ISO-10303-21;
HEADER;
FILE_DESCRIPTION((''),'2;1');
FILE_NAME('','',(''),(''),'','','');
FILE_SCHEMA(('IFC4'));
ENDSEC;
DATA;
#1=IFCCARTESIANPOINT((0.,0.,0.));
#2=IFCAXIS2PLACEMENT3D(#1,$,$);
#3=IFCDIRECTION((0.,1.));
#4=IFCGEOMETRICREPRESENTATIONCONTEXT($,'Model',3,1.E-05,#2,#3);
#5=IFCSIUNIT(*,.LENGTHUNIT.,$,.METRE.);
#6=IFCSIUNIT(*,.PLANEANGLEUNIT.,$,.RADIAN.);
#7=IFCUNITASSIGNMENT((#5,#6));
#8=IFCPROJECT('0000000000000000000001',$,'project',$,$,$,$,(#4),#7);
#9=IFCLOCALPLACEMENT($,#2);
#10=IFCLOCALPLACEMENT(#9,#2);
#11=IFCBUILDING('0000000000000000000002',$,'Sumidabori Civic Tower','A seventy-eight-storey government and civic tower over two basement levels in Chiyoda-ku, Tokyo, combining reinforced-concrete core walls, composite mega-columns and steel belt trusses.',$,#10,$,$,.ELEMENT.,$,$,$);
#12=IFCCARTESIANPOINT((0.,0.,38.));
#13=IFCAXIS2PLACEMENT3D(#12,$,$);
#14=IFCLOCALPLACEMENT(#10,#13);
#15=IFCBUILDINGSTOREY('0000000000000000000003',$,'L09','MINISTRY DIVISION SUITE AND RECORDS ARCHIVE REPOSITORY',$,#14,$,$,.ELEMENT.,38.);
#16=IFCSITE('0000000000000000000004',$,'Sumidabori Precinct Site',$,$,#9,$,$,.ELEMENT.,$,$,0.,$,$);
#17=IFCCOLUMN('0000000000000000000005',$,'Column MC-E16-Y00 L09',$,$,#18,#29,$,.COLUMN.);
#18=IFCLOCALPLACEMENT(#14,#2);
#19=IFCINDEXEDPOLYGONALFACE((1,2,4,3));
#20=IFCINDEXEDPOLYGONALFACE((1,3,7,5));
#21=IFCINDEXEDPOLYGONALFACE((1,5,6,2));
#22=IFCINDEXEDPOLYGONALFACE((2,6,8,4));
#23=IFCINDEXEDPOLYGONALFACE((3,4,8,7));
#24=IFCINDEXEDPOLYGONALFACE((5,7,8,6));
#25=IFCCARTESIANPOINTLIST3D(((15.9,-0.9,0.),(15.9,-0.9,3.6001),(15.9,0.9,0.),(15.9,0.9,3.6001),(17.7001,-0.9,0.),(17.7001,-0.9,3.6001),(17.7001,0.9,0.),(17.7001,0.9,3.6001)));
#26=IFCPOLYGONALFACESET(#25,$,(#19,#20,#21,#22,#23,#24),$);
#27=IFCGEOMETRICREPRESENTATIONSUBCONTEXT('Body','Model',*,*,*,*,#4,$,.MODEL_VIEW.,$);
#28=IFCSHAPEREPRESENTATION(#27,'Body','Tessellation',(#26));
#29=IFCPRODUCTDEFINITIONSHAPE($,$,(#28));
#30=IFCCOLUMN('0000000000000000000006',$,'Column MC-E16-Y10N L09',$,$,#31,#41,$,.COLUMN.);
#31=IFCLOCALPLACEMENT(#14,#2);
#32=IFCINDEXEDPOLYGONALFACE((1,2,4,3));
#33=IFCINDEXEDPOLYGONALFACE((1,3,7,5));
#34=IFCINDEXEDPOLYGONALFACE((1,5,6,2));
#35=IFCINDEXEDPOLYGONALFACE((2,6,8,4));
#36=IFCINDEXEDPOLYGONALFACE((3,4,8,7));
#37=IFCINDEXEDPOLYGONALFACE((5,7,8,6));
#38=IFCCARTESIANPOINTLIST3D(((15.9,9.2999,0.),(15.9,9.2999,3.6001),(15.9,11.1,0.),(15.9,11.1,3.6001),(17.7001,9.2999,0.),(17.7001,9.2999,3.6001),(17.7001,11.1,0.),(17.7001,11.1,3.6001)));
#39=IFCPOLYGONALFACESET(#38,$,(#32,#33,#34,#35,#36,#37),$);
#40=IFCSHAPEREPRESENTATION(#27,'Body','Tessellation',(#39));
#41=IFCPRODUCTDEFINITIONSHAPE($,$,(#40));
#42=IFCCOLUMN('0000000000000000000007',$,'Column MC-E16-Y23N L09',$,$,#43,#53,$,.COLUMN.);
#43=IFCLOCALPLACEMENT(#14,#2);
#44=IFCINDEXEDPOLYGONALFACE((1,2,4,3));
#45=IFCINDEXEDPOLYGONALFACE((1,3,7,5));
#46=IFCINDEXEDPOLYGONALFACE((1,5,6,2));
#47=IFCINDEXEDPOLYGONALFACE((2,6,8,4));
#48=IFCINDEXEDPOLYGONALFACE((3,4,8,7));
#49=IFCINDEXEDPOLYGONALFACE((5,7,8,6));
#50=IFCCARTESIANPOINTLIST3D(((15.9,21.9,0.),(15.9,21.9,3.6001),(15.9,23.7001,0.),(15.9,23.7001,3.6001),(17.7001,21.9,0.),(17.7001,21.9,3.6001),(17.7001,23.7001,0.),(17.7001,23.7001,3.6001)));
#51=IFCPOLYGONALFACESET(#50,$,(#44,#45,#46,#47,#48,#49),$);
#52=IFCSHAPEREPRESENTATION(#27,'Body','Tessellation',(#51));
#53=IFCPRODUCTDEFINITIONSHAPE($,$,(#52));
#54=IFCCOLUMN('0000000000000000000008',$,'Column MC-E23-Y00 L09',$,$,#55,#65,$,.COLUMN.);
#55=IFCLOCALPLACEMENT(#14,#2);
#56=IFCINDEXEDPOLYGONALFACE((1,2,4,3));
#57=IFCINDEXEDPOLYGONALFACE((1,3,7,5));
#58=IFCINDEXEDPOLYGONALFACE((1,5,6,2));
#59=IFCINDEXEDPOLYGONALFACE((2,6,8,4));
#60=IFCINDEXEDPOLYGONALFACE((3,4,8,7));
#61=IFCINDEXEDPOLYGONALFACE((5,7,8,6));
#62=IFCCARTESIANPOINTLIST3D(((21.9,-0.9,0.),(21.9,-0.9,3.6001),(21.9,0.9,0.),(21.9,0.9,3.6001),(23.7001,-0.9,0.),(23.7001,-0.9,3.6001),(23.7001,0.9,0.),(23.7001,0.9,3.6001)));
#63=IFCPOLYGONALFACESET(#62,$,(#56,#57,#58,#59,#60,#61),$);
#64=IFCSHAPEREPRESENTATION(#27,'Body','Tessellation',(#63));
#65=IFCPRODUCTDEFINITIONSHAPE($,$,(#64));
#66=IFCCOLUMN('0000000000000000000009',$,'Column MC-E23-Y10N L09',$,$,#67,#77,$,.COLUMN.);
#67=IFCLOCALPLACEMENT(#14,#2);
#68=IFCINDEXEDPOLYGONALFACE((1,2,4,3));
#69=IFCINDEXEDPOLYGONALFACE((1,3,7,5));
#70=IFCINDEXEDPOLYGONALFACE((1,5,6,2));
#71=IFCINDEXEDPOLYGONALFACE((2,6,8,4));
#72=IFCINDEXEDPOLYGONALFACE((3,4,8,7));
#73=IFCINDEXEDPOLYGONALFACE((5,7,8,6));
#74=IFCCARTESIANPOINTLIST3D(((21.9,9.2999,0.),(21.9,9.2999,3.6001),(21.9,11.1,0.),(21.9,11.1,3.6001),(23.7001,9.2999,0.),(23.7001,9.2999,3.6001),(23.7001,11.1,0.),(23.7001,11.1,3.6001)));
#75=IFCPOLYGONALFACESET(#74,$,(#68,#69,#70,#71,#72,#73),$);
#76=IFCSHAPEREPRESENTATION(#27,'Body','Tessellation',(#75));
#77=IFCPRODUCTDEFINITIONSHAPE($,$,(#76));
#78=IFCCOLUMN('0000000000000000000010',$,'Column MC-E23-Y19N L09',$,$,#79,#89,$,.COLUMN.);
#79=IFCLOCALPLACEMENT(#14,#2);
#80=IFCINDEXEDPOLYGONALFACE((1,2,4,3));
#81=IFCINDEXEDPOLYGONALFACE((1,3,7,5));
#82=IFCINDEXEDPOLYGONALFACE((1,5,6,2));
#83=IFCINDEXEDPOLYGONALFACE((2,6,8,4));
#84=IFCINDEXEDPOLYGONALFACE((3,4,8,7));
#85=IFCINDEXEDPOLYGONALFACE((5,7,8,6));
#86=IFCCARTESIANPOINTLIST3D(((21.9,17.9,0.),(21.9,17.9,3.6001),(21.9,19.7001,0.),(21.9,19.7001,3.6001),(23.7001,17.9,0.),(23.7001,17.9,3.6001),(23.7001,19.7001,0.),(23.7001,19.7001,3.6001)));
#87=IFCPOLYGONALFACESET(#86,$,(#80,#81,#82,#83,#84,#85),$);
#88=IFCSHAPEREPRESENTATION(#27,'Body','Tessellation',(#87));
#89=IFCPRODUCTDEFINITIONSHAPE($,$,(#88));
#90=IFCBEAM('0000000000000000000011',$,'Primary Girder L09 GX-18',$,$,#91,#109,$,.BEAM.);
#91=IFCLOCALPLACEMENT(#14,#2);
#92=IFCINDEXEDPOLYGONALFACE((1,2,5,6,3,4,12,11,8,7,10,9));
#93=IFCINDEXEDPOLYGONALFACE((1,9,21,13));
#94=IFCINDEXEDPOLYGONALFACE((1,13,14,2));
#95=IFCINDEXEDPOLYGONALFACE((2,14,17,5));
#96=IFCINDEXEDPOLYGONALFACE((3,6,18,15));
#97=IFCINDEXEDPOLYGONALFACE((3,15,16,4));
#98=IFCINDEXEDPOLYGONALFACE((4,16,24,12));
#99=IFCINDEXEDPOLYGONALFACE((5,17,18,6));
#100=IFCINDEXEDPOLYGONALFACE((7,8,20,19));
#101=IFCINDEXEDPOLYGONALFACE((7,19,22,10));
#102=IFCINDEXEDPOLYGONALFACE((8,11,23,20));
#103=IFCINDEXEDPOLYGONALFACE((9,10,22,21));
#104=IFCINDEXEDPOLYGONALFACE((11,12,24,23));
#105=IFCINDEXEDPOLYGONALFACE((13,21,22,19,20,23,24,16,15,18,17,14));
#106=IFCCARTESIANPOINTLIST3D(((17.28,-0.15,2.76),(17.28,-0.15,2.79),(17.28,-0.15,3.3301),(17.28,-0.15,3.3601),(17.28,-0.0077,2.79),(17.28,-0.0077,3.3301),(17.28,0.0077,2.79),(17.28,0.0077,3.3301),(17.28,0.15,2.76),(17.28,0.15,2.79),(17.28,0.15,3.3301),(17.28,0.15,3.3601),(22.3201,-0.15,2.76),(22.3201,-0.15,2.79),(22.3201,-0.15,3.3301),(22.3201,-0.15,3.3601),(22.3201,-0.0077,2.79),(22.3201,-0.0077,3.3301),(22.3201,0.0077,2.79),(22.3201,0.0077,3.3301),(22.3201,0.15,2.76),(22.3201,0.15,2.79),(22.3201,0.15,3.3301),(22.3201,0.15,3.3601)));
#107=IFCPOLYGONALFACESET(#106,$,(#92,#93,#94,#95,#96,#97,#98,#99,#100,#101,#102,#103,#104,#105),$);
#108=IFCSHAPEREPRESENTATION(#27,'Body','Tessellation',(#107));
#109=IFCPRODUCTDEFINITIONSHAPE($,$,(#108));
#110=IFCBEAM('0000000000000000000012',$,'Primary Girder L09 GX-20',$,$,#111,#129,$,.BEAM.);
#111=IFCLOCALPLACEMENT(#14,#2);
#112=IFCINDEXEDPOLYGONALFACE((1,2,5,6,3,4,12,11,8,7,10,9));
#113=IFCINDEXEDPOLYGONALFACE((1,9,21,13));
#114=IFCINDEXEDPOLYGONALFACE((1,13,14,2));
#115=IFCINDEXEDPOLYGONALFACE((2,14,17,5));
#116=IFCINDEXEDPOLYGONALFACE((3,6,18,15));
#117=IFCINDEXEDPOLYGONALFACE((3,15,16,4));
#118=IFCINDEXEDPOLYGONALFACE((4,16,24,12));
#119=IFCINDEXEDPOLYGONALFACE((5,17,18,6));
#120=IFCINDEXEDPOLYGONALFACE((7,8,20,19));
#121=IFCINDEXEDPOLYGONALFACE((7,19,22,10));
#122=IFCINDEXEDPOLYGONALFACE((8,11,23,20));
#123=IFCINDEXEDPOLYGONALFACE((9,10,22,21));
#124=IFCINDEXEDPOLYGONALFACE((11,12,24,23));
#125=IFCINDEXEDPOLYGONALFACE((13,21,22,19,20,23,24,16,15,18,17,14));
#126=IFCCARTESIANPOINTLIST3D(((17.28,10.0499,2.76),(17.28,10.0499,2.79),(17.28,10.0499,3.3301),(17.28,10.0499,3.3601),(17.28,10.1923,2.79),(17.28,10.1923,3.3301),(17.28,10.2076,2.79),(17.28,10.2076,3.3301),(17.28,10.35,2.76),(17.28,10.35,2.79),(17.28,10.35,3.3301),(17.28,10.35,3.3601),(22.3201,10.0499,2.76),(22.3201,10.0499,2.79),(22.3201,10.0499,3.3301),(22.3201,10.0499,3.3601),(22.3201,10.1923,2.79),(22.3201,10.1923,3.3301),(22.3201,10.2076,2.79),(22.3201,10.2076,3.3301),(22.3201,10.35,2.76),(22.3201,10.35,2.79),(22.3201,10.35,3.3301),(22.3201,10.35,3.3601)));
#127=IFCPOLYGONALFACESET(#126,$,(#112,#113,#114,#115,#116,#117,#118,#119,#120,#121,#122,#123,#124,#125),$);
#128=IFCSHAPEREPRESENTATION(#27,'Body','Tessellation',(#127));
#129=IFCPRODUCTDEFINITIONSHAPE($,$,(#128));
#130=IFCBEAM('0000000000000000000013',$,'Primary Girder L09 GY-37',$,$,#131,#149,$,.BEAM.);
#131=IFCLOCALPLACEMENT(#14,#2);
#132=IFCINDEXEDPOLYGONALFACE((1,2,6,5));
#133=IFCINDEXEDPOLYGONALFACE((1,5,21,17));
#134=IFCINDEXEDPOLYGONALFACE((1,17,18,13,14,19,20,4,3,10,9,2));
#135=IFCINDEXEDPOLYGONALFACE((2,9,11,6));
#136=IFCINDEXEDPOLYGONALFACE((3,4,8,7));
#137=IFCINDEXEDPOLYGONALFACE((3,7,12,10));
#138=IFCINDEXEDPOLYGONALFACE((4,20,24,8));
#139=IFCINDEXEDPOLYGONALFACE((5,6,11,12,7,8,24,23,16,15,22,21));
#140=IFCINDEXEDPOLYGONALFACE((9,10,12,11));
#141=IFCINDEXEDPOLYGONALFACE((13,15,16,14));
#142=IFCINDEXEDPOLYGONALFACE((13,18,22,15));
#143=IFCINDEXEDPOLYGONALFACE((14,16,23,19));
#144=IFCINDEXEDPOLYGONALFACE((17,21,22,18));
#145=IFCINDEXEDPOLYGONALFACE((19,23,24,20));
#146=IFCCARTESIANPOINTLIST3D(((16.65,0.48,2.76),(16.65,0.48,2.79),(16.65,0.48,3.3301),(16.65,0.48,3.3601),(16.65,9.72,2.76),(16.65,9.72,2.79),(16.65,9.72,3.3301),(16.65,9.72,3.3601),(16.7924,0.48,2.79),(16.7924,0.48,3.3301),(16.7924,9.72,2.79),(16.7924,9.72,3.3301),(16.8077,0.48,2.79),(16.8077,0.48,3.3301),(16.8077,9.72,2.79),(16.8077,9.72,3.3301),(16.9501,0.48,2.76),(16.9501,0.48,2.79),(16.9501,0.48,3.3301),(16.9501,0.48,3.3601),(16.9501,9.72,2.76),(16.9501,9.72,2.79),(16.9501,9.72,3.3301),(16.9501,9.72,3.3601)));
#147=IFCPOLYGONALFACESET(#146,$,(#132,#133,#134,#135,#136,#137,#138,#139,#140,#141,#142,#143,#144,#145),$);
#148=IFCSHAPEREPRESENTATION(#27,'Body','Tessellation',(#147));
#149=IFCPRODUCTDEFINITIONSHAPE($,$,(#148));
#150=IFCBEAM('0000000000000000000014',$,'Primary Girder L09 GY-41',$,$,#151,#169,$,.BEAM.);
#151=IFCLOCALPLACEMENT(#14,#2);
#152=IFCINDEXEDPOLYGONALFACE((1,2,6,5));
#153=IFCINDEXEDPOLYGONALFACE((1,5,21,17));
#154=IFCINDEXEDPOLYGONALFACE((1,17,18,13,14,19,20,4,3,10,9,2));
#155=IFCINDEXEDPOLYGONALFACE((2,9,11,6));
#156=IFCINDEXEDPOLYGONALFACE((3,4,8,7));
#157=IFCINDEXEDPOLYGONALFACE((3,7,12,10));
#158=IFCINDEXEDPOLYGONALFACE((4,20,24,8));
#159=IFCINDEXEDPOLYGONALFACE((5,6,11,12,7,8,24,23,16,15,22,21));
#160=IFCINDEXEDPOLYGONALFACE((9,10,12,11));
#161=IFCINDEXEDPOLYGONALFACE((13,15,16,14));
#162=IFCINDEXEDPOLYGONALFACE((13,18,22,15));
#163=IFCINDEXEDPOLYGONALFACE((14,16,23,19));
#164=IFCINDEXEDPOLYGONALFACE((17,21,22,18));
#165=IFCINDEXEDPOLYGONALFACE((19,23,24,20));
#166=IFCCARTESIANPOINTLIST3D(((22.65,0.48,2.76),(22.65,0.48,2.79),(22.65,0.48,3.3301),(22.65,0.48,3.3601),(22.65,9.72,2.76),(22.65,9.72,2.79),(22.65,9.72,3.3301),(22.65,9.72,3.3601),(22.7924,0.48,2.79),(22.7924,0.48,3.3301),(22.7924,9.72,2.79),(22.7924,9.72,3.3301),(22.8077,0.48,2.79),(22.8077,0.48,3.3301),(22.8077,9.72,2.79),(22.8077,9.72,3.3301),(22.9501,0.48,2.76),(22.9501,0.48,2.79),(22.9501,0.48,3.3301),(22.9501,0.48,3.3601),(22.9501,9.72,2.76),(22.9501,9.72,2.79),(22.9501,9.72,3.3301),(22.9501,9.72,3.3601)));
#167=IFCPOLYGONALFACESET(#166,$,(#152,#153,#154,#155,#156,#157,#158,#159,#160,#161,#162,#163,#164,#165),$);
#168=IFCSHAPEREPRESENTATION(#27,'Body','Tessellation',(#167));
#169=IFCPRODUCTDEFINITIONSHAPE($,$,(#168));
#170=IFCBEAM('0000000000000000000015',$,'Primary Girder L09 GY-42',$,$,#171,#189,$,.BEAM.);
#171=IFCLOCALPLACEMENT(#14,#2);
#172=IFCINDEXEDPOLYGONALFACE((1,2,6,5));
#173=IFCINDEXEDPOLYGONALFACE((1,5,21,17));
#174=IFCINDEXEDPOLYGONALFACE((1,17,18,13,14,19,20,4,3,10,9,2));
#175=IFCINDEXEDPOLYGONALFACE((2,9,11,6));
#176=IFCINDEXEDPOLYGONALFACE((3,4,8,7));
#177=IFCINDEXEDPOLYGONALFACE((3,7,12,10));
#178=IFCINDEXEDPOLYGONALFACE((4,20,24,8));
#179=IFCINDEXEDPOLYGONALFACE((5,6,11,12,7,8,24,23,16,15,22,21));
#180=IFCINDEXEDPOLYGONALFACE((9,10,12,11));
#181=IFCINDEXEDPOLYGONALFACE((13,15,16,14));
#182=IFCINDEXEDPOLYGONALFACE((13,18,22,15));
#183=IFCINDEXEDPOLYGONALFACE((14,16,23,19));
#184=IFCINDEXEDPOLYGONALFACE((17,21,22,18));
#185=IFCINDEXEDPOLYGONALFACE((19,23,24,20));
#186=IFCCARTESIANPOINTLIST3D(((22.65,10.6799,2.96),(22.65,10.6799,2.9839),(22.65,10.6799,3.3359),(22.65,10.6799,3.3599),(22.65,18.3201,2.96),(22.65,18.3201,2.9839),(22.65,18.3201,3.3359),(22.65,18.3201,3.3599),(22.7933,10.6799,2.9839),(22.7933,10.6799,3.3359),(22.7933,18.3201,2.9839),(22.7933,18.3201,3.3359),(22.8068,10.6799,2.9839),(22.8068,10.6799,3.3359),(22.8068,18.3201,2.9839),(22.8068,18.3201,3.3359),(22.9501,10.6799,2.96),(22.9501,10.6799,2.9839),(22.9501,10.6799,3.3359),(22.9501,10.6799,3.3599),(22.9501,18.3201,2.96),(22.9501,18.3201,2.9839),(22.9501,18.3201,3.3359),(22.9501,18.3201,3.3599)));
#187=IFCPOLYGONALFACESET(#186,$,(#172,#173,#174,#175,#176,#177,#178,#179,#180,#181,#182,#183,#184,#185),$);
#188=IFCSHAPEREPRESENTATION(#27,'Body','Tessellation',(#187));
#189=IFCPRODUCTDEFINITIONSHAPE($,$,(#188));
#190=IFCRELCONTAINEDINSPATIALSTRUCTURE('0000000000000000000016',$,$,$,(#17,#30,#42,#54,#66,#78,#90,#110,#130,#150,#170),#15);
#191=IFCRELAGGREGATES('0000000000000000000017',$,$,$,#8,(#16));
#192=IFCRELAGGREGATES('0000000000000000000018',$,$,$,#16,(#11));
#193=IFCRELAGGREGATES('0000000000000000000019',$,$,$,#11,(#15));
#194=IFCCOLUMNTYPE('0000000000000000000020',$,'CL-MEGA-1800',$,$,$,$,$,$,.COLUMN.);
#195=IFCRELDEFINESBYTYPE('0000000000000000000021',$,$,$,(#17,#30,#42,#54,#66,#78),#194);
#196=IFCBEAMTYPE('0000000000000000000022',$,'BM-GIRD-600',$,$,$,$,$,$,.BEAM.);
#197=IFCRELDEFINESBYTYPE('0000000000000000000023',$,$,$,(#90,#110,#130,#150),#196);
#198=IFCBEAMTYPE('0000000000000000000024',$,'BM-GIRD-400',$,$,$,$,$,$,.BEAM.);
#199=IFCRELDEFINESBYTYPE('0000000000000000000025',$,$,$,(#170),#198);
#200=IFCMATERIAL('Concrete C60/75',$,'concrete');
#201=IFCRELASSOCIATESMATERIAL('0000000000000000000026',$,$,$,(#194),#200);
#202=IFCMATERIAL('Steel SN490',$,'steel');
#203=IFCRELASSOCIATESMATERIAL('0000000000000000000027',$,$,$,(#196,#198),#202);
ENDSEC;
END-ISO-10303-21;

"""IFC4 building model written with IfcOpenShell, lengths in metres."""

from ifc_helpers import new_model, si_unit, direction, frame, origin, origin_2d, place, context, subcontext, project, spatial, rectangle, i_section, extrude, source, transform, mapped, material, material_profile, profile_set, type_object, element, save


model = new_model("IFC4")

# Units and contexts
model_context = context("Model", 3, precision=1e-05, world=origin(), true_north=direction((0.0, 1.0)))
body_context = subcontext(model_context, "Body", "Model", "MODEL_VIEW")
ifc_project = project(units=[si_unit("LENGTHUNIT", "METRE"), si_unit("PLANEANGLEUNIT", "RADIAN")], contexts=[model_context])

# Site, building, storey
site_placement = place(None, origin())
site = spatial("IfcSite", under=ifc_project, at=site_placement, Name="Sumidabori Precinct Site", CompositionType="ELEMENT", RefElevation=0.0)
building_placement = place(site_placement, origin())
building = spatial("IfcBuilding", under=site, at=building_placement, Name="Sumidabori Civic Tower", Description="A seventy-eight-storey government and civic tower over two basement levels in Chiyoda-ku, Tokyo, combining reinforced-concrete core walls, composite mega-columns and steel belt trusses.", CompositionType="ELEMENT")
storey_placement = place(building_placement, frame((0.0, 0.0, 38.0)))
storey = spatial("IfcBuildingStorey", under=building, at=storey_placement, Name="L09", Description="MINISTRY DIVISION SUITE AND RECORDS ARCHIVE REPOSITORY", CompositionType="ELEMENT", Elevation=38.0)

# Columns
ifc_material_1 = material(Name="Concrete C60/75", Category="concrete")
ifc_material_profile_1 = material_profile(ifc_material_1, rectangle(XDim=1.8, YDim=1.8, at=origin_2d()), Name="RC 1800x1800")
ifc_profile_set_1 = profile_set([ifc_material_profile_1], Name="Concrete C60/75")
column_type = type_object("IfcColumnType", Name="CL-MEGA-1800", PredefinedType="COLUMN", material=ifc_profile_set_1)
shared_shape_1 = source(origin(), body_context, "Body", "SweptSolid", [
    extrude(rectangle(XDim=1.8, YDim=1.8, at=origin_2d()), origin(), (0.0, 0.0, 1.0), 3.6001),
])
for number, where, z_axis, x_axis, name in (
    (1, (16.8, 0.0, 0.0), (0.0, 0.0, 1.0), (1.0, 0.0, 0.0), "Column MC-E16-Y00 L09"),
    (2, (16.8, 10.2, 0.0), (0.0, 0.0, 1.0), (1.0, 0.0, 0.0), "Column MC-E16-Y10N L09"),
    (3, (16.8, 22.8, 0.0), (0.0, 0.0, 1.0), (1.0, 0.0, 0.0), "Column MC-E16-Y23N L09"),
    (4, (22.8, 0.0, 0.0), (0.0, 0.0, 1.0), (1.0, 0.0, 0.0), "Column MC-E23-Y00 L09"),
    (5, (22.8, 10.2, 0.0), (0.0, 0.0, 1.0), (1.0, 0.0, 0.0), "Column MC-E23-Y10N L09"),
    (6, (22.8, 18.8, 0.0), (0.0, 0.0, 1.0), (1.0, 0.0, 0.0), "Column MC-E23-Y19N L09"),
):
    element("IfcColumn", number, at=place(storey_placement, frame(where, z_axis=z_axis, x_axis=x_axis)), inside=storey, type_object=column_type, Name=name, PredefinedType="COLUMN", context=body_context, shape_type="MappedRepresentation", body=[
        mapped(shared_shape_1, transform((0.0, 0.0, 0.0), x_axis=(1.0, 0.0, 0.0), y_axis=(0.0, 1.0, 0.0), z_axis=(0.0, 0.0, 1.0), scale=1.0)),
    ])

# Beams
ifc_material_2 = material(Name="Steel SN490", Category="steel")
ifc_material_profile_2 = material_profile(ifc_material_2, i_section(OverallWidth=0.3, OverallDepth=0.6001, WebThickness=0.0154, FlangeThickness=0.03, at=origin_2d()), Name="HE 600 B")
ifc_profile_set_2 = profile_set([ifc_material_profile_2], Name="Steel SN490")
beam_type_1 = type_object("IfcBeamType", Name="BM-GIRD-600", PredefinedType="BEAM", material=ifc_profile_set_2)
shared_shape_2 = source(origin(), body_context, "Body", "SweptSolid", [
    extrude(i_section(OverallWidth=0.3, OverallDepth=0.6001, WebThickness=0.0154, FlangeThickness=0.03, at=origin_2d()), origin(), (0.0, 0.0, 1.0), 5.04),
])
for number, where, z_axis, x_axis, name in (
    (7, (17.28, 0.0, 3.0601), (1.0, 0.0, 0.0), (0.0, 1.0, 0.0), "Primary Girder L09 GX-18"),
    (8, (17.28, 10.2, 3.0601), (1.0, 0.0, 0.0), (0.0, 1.0, 0.0), "Primary Girder L09 GX-20"),
):
    element("IfcBeam", number, at=place(storey_placement, frame(where, z_axis=z_axis, x_axis=x_axis)), inside=storey, type_object=beam_type_1, Name=name, PredefinedType="BEAM", context=body_context, shape_type="MappedRepresentation", body=[
        mapped(shared_shape_2, transform((0.0, 0.0, 0.0), x_axis=(1.0, 0.0, 0.0), y_axis=(0.0, 1.0, 0.0), z_axis=(0.0, 0.0, 1.0), scale=1.0)),
    ])
shared_shape_3 = source(origin(), body_context, "Body", "SweptSolid", [
    extrude(i_section(OverallWidth=0.3, OverallDepth=0.6001, WebThickness=0.0154, FlangeThickness=0.03, at=origin_2d()), origin(), (0.0, 0.0, 1.0), 9.24),
])
for number, where, z_axis, x_axis, name in (
    (9, (16.8, 0.48, 3.0601), (0.0, 1.0, 0.0), (-1.0, 0.0, 0.0), "Primary Girder L09 GY-37"),
    (10, (22.8, 0.48, 3.0601), (0.0, 1.0, 0.0), (-1.0, 0.0, 0.0), "Primary Girder L09 GY-41"),
):
    element("IfcBeam", number, at=place(storey_placement, frame(where, z_axis=z_axis, x_axis=x_axis)), inside=storey, type_object=beam_type_1, Name=name, PredefinedType="BEAM", context=body_context, shape_type="MappedRepresentation", body=[
        mapped(shared_shape_3, transform((0.0, 0.0, 0.0), x_axis=(1.0, 0.0, 0.0), y_axis=(0.0, 1.0, 0.0), z_axis=(0.0, 0.0, 1.0), scale=1.0)),
    ])
ifc_material_profile_3 = material_profile(ifc_material_2, i_section(OverallWidth=0.3, OverallDepth=0.3999, WebThickness=0.0134, FlangeThickness=0.0239, at=origin_2d()), Name="HE 400 B")
ifc_profile_set_3 = profile_set([ifc_material_profile_3], Name="Steel SN490")
beam_type_2 = type_object("IfcBeamType", Name="BM-GIRD-400", PredefinedType="BEAM", material=ifc_profile_set_3)
shared_shape_4 = source(origin(), body_context, "Body", "SweptSolid", [
    extrude(i_section(OverallWidth=0.3, OverallDepth=0.3999, WebThickness=0.0134, FlangeThickness=0.0239, at=origin_2d()), origin(), (0.0, 0.0, 1.0), 7.6401),
])
beam_1_placement = place(storey_placement, frame((22.8, 10.6799, 3.1599), z_axis=(0.0, 1.0, 0.0), x_axis=(-1.0, 0.0, 0.0)))
element("IfcBeam", 11, at=beam_1_placement, inside=storey, type_object=beam_type_2, Name="Primary Girder L09 GY-42", PredefinedType="BEAM", context=body_context, shape_type="MappedRepresentation", body=[
    mapped(shared_shape_4, transform((0.0, 0.0, 0.0), x_axis=(1.0, 0.0, 0.0), y_axis=(0.0, 1.0, 0.0), z_axis=(0.0, 0.0, 1.0), scale=1.0)),
])

save(model, "model.ifc")
